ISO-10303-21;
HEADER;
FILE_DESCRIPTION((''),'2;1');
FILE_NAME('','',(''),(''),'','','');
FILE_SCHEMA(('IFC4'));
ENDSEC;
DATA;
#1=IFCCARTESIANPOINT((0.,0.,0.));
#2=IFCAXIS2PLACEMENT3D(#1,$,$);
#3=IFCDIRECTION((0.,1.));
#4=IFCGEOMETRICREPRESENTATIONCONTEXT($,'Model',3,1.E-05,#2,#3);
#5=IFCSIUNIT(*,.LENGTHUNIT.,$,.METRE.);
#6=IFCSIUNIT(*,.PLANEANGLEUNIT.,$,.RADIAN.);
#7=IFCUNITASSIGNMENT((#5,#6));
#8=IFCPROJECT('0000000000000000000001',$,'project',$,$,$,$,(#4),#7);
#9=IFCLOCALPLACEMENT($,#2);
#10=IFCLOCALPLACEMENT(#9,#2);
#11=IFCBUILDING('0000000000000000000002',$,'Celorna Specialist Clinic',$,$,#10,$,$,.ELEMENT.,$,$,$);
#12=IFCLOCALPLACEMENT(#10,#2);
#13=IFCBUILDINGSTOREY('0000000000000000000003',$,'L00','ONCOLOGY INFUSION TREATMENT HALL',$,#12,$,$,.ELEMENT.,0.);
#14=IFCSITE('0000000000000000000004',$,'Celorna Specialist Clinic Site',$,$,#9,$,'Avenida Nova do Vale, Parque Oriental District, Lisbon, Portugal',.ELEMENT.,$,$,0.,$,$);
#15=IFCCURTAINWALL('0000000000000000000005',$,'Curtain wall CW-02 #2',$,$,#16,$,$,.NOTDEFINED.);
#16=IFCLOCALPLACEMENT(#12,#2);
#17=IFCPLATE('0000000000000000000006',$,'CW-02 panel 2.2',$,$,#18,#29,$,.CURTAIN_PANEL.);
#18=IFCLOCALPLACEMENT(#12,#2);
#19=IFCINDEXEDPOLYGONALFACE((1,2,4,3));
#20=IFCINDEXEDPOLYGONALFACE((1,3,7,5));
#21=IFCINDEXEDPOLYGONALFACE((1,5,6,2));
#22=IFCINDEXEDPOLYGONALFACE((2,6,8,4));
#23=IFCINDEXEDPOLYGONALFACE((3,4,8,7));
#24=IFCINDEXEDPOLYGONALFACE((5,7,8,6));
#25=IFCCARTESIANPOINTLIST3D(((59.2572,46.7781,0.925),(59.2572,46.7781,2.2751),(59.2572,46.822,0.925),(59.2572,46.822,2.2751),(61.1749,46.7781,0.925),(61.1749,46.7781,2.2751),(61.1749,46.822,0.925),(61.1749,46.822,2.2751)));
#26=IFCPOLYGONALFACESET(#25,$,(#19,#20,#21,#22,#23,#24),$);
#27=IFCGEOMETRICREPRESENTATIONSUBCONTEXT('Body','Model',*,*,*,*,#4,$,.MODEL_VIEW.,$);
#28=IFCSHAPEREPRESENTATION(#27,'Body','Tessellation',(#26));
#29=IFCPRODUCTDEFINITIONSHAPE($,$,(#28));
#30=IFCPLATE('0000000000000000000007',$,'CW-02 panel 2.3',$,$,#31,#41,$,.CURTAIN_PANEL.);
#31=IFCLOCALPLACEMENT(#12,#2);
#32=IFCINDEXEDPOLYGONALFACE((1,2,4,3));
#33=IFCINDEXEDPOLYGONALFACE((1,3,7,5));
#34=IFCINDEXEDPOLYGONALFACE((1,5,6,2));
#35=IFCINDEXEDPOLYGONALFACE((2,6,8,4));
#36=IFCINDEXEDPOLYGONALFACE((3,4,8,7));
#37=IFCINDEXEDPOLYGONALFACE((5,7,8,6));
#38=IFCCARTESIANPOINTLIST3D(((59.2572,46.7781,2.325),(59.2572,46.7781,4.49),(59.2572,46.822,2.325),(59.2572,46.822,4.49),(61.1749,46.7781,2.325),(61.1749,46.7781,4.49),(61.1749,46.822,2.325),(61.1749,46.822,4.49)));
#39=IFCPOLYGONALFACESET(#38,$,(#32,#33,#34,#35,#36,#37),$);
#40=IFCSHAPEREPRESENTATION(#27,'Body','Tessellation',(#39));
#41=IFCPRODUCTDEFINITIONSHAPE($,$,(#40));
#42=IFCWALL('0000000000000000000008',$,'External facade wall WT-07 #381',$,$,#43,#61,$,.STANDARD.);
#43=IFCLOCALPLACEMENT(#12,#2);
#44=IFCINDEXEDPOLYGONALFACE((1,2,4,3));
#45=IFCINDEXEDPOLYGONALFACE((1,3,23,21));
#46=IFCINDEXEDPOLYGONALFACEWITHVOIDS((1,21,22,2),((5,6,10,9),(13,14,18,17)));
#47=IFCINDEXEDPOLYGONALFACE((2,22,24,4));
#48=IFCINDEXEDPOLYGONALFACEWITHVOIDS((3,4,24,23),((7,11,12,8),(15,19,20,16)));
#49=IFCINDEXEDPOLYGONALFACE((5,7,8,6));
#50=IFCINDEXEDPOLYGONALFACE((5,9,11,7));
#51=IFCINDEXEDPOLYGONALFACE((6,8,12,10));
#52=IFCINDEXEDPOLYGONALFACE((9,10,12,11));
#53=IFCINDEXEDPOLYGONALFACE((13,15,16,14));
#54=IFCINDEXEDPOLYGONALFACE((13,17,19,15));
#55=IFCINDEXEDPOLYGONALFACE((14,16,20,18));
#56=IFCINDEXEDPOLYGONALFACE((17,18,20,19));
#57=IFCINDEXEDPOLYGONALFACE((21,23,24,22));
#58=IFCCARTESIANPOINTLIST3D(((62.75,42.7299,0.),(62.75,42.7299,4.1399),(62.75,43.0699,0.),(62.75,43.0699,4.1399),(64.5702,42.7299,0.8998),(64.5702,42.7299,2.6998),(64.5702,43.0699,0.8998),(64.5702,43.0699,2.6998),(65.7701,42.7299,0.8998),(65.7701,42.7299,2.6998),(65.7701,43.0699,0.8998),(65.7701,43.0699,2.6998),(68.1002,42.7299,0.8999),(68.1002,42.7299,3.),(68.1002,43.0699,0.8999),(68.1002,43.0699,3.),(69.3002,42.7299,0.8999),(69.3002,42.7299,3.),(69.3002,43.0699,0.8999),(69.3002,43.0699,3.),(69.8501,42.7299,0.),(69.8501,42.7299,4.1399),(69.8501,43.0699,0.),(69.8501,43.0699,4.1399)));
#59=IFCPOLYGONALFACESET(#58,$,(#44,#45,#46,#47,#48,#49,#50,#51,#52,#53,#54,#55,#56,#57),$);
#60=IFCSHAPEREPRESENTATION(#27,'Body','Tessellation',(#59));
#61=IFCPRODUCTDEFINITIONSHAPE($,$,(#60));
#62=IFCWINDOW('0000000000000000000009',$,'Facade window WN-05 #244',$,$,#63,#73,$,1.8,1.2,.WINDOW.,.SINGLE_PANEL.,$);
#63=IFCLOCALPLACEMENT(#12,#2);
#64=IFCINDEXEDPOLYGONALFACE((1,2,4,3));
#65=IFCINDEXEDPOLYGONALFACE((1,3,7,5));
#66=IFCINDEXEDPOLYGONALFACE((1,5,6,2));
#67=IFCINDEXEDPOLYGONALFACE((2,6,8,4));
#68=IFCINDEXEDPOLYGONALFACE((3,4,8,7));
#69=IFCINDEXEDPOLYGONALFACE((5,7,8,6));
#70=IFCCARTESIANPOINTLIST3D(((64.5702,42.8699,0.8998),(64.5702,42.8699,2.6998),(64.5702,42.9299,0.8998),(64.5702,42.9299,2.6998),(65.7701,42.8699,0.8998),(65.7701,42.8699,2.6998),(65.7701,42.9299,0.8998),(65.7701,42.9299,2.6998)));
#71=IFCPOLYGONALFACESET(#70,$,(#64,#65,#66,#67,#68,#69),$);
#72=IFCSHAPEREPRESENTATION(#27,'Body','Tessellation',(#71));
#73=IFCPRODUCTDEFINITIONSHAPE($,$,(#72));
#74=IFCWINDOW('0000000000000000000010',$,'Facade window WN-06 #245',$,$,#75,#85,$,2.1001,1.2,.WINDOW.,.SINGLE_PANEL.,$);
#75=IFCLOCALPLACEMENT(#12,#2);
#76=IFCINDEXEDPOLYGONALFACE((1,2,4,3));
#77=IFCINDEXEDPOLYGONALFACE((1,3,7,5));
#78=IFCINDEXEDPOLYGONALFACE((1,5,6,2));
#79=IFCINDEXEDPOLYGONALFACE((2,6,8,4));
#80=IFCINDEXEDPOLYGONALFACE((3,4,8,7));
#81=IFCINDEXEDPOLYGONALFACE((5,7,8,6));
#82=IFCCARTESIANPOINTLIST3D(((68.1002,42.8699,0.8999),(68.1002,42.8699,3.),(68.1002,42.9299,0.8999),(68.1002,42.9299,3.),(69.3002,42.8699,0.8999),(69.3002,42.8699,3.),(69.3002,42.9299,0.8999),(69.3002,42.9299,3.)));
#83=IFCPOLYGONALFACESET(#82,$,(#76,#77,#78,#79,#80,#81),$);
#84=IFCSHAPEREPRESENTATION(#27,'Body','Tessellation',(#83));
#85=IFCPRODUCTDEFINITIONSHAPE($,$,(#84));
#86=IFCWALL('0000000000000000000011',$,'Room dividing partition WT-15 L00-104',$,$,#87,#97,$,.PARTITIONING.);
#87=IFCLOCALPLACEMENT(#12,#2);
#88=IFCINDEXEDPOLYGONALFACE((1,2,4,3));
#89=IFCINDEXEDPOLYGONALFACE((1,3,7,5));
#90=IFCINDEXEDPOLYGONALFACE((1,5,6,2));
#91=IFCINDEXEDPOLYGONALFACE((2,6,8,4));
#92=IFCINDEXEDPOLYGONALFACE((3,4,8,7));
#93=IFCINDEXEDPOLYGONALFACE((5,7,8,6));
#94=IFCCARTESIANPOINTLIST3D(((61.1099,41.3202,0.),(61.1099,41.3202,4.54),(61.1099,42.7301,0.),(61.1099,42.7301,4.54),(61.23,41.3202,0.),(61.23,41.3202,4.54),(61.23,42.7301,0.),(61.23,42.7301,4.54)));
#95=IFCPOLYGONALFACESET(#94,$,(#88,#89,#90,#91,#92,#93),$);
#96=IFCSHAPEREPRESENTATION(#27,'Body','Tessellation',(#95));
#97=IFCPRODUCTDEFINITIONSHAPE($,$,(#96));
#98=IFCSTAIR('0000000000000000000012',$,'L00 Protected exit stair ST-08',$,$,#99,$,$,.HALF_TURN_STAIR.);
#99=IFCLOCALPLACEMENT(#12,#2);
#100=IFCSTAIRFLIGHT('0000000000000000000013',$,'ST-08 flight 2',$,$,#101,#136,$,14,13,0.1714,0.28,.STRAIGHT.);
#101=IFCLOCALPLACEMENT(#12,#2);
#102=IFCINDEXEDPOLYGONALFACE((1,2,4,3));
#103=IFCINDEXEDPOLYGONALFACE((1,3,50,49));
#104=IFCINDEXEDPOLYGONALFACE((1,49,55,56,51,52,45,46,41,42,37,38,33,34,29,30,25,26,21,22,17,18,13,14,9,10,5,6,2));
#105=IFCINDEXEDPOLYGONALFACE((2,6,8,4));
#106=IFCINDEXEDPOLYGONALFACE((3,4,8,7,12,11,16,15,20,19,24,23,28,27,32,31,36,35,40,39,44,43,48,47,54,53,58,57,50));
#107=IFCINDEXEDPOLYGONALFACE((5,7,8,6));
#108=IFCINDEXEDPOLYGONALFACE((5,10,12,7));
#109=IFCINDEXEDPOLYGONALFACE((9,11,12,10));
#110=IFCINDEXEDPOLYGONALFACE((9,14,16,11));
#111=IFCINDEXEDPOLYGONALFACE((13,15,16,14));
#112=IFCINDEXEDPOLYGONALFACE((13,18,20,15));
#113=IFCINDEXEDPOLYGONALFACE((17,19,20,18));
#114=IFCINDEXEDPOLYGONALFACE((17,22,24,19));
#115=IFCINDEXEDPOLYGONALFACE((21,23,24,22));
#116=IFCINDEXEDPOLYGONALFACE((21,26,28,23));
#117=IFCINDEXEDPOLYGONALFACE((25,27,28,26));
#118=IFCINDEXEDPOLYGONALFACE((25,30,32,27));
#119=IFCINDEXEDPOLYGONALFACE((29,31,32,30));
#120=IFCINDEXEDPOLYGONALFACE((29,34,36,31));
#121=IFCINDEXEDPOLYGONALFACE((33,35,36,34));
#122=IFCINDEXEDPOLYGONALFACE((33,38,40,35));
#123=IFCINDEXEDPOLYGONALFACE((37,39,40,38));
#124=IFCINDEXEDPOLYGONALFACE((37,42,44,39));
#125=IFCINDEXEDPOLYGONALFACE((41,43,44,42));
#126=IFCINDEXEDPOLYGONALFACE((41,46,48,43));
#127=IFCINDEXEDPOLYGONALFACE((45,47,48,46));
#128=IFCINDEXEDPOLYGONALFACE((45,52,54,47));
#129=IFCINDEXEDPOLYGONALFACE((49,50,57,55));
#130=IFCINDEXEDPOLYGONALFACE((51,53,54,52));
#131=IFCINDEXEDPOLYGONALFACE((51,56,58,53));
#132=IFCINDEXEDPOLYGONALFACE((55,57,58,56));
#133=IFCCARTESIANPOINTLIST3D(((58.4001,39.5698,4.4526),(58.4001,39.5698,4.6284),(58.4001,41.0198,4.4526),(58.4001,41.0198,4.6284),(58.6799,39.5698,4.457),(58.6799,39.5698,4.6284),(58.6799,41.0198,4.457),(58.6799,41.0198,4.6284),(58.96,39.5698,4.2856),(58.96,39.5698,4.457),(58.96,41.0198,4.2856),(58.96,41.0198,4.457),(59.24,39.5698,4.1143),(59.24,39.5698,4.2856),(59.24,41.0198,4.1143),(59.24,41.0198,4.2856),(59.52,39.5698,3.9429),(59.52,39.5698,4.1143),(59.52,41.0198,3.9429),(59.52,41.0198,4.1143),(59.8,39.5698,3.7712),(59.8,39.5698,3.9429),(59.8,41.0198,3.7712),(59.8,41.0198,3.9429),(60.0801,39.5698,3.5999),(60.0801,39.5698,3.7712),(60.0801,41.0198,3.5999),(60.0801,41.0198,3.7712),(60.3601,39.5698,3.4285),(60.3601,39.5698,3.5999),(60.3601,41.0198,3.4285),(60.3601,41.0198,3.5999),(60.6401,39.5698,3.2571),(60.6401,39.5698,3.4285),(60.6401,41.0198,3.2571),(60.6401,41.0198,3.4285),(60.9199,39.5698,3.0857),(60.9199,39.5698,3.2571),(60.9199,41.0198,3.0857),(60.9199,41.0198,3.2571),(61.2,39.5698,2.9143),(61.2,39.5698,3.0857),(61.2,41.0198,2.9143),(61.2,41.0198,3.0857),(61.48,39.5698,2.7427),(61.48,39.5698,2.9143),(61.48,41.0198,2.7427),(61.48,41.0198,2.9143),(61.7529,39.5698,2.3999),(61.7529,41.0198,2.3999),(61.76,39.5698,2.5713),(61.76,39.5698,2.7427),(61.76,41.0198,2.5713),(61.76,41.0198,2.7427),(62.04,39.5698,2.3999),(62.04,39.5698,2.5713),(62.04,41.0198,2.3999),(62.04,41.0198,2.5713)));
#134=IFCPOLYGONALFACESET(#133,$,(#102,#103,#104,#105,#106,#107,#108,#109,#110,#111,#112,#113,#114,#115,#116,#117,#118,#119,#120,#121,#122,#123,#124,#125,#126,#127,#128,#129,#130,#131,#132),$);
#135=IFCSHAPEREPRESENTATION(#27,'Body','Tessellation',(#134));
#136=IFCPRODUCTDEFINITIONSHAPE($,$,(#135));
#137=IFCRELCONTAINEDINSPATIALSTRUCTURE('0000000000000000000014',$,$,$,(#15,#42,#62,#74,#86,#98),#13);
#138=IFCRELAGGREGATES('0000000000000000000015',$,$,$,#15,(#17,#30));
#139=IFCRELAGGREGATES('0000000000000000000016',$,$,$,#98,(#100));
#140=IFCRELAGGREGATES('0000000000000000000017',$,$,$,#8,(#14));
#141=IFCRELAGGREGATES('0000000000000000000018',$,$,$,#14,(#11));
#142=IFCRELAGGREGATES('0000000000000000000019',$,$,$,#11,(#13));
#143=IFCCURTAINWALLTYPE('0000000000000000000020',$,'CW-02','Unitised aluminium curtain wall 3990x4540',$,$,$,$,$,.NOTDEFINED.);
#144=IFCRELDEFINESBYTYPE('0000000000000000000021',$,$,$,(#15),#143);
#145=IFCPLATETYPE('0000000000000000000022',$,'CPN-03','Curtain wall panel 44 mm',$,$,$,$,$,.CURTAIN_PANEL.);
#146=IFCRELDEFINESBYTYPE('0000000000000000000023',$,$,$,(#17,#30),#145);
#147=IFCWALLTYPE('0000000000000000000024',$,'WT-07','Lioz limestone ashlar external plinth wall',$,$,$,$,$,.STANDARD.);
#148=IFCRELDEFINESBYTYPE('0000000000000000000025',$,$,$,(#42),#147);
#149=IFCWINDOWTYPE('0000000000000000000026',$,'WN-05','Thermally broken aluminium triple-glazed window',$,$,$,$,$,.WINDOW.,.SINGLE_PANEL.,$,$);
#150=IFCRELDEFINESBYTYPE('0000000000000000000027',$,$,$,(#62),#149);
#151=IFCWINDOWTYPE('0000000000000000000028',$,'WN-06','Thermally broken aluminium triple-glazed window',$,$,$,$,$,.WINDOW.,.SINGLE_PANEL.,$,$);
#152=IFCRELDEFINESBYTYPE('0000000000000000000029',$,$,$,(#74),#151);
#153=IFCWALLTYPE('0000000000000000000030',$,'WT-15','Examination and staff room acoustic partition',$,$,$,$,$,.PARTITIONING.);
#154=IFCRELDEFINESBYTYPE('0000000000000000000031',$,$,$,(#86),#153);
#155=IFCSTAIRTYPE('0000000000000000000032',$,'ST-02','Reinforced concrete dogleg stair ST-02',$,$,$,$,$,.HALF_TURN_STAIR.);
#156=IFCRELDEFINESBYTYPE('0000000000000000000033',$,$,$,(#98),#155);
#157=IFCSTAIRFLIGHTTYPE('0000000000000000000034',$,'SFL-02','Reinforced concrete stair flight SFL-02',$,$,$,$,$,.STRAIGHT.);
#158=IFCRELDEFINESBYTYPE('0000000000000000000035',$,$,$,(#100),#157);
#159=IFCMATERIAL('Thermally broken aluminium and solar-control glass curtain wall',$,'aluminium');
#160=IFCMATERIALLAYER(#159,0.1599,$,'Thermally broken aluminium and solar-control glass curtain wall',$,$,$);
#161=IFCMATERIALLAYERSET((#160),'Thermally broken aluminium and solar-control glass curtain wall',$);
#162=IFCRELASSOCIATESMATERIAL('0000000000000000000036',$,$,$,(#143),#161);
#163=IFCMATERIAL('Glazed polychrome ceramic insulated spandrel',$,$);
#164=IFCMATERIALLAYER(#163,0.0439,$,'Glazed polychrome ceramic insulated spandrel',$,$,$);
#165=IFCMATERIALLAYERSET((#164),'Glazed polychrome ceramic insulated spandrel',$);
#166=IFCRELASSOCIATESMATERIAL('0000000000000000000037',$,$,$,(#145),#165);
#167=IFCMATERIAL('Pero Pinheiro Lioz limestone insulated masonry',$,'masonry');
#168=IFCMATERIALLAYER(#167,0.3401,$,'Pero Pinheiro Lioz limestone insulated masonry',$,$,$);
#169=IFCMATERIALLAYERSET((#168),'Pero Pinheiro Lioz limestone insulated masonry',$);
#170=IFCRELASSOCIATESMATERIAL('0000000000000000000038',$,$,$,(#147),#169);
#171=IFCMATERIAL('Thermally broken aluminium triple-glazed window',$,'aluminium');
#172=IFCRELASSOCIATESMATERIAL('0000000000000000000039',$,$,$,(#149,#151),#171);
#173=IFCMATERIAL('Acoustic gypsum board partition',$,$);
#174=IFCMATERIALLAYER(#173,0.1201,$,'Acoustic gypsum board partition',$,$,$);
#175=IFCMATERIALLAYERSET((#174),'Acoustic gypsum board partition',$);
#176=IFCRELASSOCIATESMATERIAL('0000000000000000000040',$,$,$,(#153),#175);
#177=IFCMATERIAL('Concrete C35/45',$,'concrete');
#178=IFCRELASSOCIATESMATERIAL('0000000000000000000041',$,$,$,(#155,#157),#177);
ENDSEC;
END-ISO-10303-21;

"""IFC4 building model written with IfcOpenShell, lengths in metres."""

from ifc_helpers import new_model, si_unit, direction, frame, frame_2d, origin, origin_2d, place, context, subcontext, project, spatial, polyline, rectangle, outline, extrude, material, layer, layer_set, type_object, element, fill, aggregate, save


model = new_model("IFC4")

# Units and contexts
model_context = context("Model", 3, precision=1e-05, world=origin(), true_north=direction((0.0, 1.0)))
body_context = subcontext(model_context, "Body", "Model", "MODEL_VIEW")
ifc_project = project(units=[si_unit("LENGTHUNIT", "METRE"), si_unit("PLANEANGLEUNIT", "RADIAN")], contexts=[model_context])

# Site, building, storey
site_placement = place(None, origin())
site = spatial("IfcSite", under=ifc_project, at=site_placement, Name="Celorna Specialist Clinic Site", LongName="Avenida Nova do Vale, Parque Oriental District, Lisbon, Portugal", CompositionType="ELEMENT", RefElevation=0.0)
building_placement = place(site_placement, origin())
building = spatial("IfcBuilding", under=site, at=building_placement, Name="Celorna Specialist Clinic", CompositionType="ELEMENT")
storey_placement = place(building_placement, origin())
storey = spatial("IfcBuildingStorey", under=building, at=storey_placement, Name="L00", Description="ONCOLOGY INFUSION TREATMENT HALL", CompositionType="ELEMENT", Elevation=0.0)

# Shared definitions
ifc_material_1 = material(Name="Concrete C35/45", Category="concrete")

# Shared definitions
ifc_material_2 = material(Name="Thermally broken aluminium and solar-control glass curtain wall", Category="aluminium")

# Curtain wall
ifc_layer_1 = layer(ifc_material_2, 0.1599, Name="Thermally broken aluminium and solar-control glass curtain wall")
ifc_layer_set_1 = layer_set([ifc_layer_1], Name="Thermally broken aluminium and solar-control glass curtain wall")
curtain_wall_type_1 = type_object("IfcCurtainWallType", Name="CW-02", Description="Unitised aluminium curtain wall 3990x4540", PredefinedType="NOTDEFINED", material=ifc_layer_set_1)
curtain_wall_1_placement = place(storey_placement, origin())
curtain_wall_1 = element("IfcCurtainWall", 1, at=curtain_wall_1_placement, inside=storey, type_object=curtain_wall_type_1, Name="Curtain wall CW-02 #2", PredefinedType="NOTDEFINED")

# Plates
ifc_material_3 = material(Name="Glazed polychrome ceramic insulated spandrel")
ifc_layer_2 = layer(ifc_material_3, 0.0439, Name="Glazed polychrome ceramic insulated spandrel")
ifc_layer_set_2 = layer_set([ifc_layer_2], Name="Glazed polychrome ceramic insulated spandrel")
plate_type = type_object("IfcPlateType", Name="CPN-03", Description="Curtain wall panel 44 mm", PredefinedType="CURTAIN_PANEL", material=ifc_layer_set_2)
plate_1_placement = place(storey_placement, frame((60.2161, 46.8, 0.925), z_axis=(0.0, 0.0, 1.0), x_axis=(-1.0, 0.0, 0.0)))
plate_1 = element("IfcPlate", 2, at=plate_1_placement, type_object=plate_type, Name="CW-02 panel 2.2", PredefinedType="CURTAIN_PANEL", context=body_context, shape_type="SweptSolid", body=[
    extrude(rectangle(XDim=1.9177, YDim=0.0439, at=origin_2d()), origin(), (0.0, 0.0, 1.0), 1.3501),
])
plate_2_placement = place(storey_placement, frame((60.2161, 46.8, 2.325), z_axis=(0.0, 0.0, 1.0), x_axis=(-1.0, 0.0, 0.0)))
plate_2 = element("IfcPlate", 3, at=plate_2_placement, type_object=plate_type, Name="CW-02 panel 2.3", PredefinedType="CURTAIN_PANEL", context=body_context, shape_type="SweptSolid", body=[
    extrude(rectangle(XDim=1.9177, YDim=0.0439, at=origin_2d()), origin(), (0.0, 0.0, 1.0), 2.165),
])
aggregate(curtain_wall_1, [plate_1, plate_2])

# Wall, openings, windows
ifc_material_4 = material(Name="Pero Pinheiro Lioz limestone insulated masonry", Category="masonry")
ifc_layer_3 = layer(ifc_material_4, 0.3401, Name="Pero Pinheiro Lioz limestone insulated masonry")
ifc_layer_set_3 = layer_set([ifc_layer_3], Name="Pero Pinheiro Lioz limestone insulated masonry")
wall_type_1 = type_object("IfcWallType", Name="WT-07", Description="Lioz limestone ashlar external plinth wall", PredefinedType="STANDARD", material=ifc_layer_set_3)
wall_1_placement = place(storey_placement, frame((62.75, 42.8999, 0.0), z_axis=(0.0, 0.0, 1.0), x_axis=(1.0, 0.0, 0.0)))
wall_1 = element("IfcWall", 4, at=wall_1_placement, inside=storey, type_object=wall_type_1, Name="External facade wall WT-07 #381", PredefinedType="STANDARD", context=body_context, shape_type="SweptSolid", body=[
    extrude(rectangle(XDim=7.1001, YDim=0.3401, at=frame_2d((3.55, 0.0))), origin(), (0.0, 0.0, 1.0), 4.1399),
])
opening_1_placement = place(wall_1_placement, frame((1.8201, 0.0, 0.8999)))
opening_1 = element("IfcOpeningElement", 5, at=opening_1_placement, cuts=wall_1, PredefinedType="OPENING", context=body_context, shape_type="SweptSolid", body=[
    extrude(rectangle(XDim=1.2, YDim=1.8, at=frame_2d((0.6001, 0.8999))), frame((0.0, 0.1799, 0.0), z_axis=(0.0, -1.0, 0.0), x_axis=(1.0, 0.0, 0.0)), (0.0, 0.0, 1.0), 0.3601),
])
opening_2_placement = place(wall_1_placement, frame((5.3501, 0.0, 0.8999)))
opening_2 = element("IfcOpeningElement", 6, at=opening_2_placement, cuts=wall_1, PredefinedType="OPENING", context=body_context, shape_type="SweptSolid", body=[
    extrude(rectangle(XDim=1.2, YDim=2.1001, at=frame_2d((0.6001, 1.05))), frame((0.0, 0.1799, 0.0), z_axis=(0.0, -1.0, 0.0), x_axis=(1.0, 0.0, 0.0)), (0.0, 0.0, 1.0), 0.3601),
])
ifc_material_5 = material(Name="Thermally broken aluminium triple-glazed window", Category="aluminium")
window_type_1 = type_object("IfcWindowType", Name="WN-05", Description="Thermally broken aluminium triple-glazed window", PartitioningType="SINGLE_PANEL", PredefinedType="WINDOW", material=ifc_material_5)
window_1_placement = place(opening_1_placement, origin())
window_1 = element("IfcWindow", 7, at=window_1_placement, inside=storey, type_object=window_type_1, Name="Facade window WN-05 #244", OverallHeight=1.8, OverallWidth=1.2, PartitioningType="SINGLE_PANEL", PredefinedType="WINDOW", context=body_context, shape_type="SweptSolid", body=[
    extrude(rectangle(XDim=1.2, YDim=1.8, at=frame_2d((0.6001, 0.8999))), frame((0.0, 0.03, 0.0), z_axis=(0.0, -1.0, 0.0), x_axis=(1.0, 0.0, 0.0)), (0.0, 0.0, 1.0), 0.0601),
])
fill(opening_1, window_1)
window_type_2 = type_object("IfcWindowType", Name="WN-06", Description="Thermally broken aluminium triple-glazed window", PartitioningType="SINGLE_PANEL", PredefinedType="WINDOW", material=ifc_material_5)
window_2_placement = place(opening_2_placement, origin())
window_2 = element("IfcWindow", 8, at=window_2_placement, inside=storey, type_object=window_type_2, Name="Facade window WN-06 #245", OverallHeight=2.1001, OverallWidth=1.2, PartitioningType="SINGLE_PANEL", PredefinedType="WINDOW", context=body_context, shape_type="SweptSolid", body=[
    extrude(rectangle(XDim=1.2, YDim=2.1001, at=frame_2d((0.6001, 1.05))), frame((0.0, 0.03, 0.0), z_axis=(0.0, -1.0, 0.0), x_axis=(1.0, 0.0, 0.0)), (0.0, 0.0, 1.0), 0.0601),
])
fill(opening_2, window_2)

# Wall
ifc_material_6 = material(Name="Acoustic gypsum board partition")
ifc_layer_4 = layer(ifc_material_6, 0.1201, Name="Acoustic gypsum board partition")
ifc_layer_set_4 = layer_set([ifc_layer_4], Name="Acoustic gypsum board partition")
wall_type_2 = type_object("IfcWallType", Name="WT-15", Description="Examination and staff room acoustic partition", PredefinedType="PARTITIONING", material=ifc_layer_set_4)
wall_2_placement = place(storey_placement, frame((61.1699, 41.3201, 0.0), z_axis=(0.0, 0.0, 1.0), x_axis=(0.0, 1.0, 0.0)))
element("IfcWall", 9, at=wall_2_placement, inside=storey, type_object=wall_type_2, Name="Room dividing partition WT-15 L00-104", PredefinedType="PARTITIONING", context=body_context, shape_type="SweptSolid", body=[
    extrude(rectangle(XDim=1.4099, YDim=0.1201, at=frame_2d((0.7051, 0.0))), origin(), (0.0, 0.0, 1.0), 4.54),
])

# Stair, stair flight
stair_type = type_object("IfcStairType", Name="ST-02", Description="Reinforced concrete dogleg stair ST-02", PredefinedType="HALF_TURN_STAIR", material=ifc_material_1)
stair_placement = place(storey_placement, origin())
stair = element("IfcStair", 10, at=stair_placement, inside=storey, type_object=stair_type, Name="L00 Protected exit stair ST-08", PredefinedType="HALF_TURN_STAIR")
stair_flight_type = type_object("IfcStairFlightType", Name="SFL-02", Description="Reinforced concrete stair flight SFL-02", PredefinedType="STRAIGHT", material=ifc_material_1)
stair_flight_placement = place(storey_placement, frame((62.04, 40.2949, 2.3999), z_axis=(0.0, 0.0, 1.0), x_axis=(-1.0, 0.0, 0.0)))
stair_flight = element("IfcStairFlight", 11, at=stair_flight_placement, type_object=stair_flight_type, Name="ST-08 flight 2", NumberOfRisers=14, NumberOfTreads=13, PredefinedType="STRAIGHT", RiserHeight=0.1714, TreadLength=0.28, context=body_context, shape_type="SweptSolid", body=[
    extrude(outline(polyline([(0.0, 0.0), (0.0, 0.1714), (0.28, 0.1714), (0.28, 0.3428), (0.5601, 0.3428), (0.5601, 0.5144), (0.8401, 0.5144), (0.8401, 0.6858), (1.1201, 0.6858), (1.1201, 0.8572), (1.3999, 0.8572), (1.3999, 1.0286), (1.6799, 1.0286), (1.6799, 1.2), (1.96, 1.2), (1.96, 1.3713), (2.24, 1.3713), (2.24, 1.543), (2.52, 1.543), (2.52, 1.7144), (2.8, 1.7144), (2.8, 1.8857), (3.0801, 1.8857), (3.0801, 2.0571), (3.3601, 2.0571), (3.3601, 2.2285), (3.6399, 2.2285), (3.6399, 2.3999), (3.6399, 2.0527), (0.2871, 0.0), (0.0, 0.0)])), frame((0.0, 0.7251, 0.0), z_axis=(0.0, -1.0, 0.0), x_axis=(1.0, 0.0, 0.0)), (0.0, 0.0, 1.0), 1.45),
])
aggregate(stair, [stair_flight])

save(model, "model.ifc")
